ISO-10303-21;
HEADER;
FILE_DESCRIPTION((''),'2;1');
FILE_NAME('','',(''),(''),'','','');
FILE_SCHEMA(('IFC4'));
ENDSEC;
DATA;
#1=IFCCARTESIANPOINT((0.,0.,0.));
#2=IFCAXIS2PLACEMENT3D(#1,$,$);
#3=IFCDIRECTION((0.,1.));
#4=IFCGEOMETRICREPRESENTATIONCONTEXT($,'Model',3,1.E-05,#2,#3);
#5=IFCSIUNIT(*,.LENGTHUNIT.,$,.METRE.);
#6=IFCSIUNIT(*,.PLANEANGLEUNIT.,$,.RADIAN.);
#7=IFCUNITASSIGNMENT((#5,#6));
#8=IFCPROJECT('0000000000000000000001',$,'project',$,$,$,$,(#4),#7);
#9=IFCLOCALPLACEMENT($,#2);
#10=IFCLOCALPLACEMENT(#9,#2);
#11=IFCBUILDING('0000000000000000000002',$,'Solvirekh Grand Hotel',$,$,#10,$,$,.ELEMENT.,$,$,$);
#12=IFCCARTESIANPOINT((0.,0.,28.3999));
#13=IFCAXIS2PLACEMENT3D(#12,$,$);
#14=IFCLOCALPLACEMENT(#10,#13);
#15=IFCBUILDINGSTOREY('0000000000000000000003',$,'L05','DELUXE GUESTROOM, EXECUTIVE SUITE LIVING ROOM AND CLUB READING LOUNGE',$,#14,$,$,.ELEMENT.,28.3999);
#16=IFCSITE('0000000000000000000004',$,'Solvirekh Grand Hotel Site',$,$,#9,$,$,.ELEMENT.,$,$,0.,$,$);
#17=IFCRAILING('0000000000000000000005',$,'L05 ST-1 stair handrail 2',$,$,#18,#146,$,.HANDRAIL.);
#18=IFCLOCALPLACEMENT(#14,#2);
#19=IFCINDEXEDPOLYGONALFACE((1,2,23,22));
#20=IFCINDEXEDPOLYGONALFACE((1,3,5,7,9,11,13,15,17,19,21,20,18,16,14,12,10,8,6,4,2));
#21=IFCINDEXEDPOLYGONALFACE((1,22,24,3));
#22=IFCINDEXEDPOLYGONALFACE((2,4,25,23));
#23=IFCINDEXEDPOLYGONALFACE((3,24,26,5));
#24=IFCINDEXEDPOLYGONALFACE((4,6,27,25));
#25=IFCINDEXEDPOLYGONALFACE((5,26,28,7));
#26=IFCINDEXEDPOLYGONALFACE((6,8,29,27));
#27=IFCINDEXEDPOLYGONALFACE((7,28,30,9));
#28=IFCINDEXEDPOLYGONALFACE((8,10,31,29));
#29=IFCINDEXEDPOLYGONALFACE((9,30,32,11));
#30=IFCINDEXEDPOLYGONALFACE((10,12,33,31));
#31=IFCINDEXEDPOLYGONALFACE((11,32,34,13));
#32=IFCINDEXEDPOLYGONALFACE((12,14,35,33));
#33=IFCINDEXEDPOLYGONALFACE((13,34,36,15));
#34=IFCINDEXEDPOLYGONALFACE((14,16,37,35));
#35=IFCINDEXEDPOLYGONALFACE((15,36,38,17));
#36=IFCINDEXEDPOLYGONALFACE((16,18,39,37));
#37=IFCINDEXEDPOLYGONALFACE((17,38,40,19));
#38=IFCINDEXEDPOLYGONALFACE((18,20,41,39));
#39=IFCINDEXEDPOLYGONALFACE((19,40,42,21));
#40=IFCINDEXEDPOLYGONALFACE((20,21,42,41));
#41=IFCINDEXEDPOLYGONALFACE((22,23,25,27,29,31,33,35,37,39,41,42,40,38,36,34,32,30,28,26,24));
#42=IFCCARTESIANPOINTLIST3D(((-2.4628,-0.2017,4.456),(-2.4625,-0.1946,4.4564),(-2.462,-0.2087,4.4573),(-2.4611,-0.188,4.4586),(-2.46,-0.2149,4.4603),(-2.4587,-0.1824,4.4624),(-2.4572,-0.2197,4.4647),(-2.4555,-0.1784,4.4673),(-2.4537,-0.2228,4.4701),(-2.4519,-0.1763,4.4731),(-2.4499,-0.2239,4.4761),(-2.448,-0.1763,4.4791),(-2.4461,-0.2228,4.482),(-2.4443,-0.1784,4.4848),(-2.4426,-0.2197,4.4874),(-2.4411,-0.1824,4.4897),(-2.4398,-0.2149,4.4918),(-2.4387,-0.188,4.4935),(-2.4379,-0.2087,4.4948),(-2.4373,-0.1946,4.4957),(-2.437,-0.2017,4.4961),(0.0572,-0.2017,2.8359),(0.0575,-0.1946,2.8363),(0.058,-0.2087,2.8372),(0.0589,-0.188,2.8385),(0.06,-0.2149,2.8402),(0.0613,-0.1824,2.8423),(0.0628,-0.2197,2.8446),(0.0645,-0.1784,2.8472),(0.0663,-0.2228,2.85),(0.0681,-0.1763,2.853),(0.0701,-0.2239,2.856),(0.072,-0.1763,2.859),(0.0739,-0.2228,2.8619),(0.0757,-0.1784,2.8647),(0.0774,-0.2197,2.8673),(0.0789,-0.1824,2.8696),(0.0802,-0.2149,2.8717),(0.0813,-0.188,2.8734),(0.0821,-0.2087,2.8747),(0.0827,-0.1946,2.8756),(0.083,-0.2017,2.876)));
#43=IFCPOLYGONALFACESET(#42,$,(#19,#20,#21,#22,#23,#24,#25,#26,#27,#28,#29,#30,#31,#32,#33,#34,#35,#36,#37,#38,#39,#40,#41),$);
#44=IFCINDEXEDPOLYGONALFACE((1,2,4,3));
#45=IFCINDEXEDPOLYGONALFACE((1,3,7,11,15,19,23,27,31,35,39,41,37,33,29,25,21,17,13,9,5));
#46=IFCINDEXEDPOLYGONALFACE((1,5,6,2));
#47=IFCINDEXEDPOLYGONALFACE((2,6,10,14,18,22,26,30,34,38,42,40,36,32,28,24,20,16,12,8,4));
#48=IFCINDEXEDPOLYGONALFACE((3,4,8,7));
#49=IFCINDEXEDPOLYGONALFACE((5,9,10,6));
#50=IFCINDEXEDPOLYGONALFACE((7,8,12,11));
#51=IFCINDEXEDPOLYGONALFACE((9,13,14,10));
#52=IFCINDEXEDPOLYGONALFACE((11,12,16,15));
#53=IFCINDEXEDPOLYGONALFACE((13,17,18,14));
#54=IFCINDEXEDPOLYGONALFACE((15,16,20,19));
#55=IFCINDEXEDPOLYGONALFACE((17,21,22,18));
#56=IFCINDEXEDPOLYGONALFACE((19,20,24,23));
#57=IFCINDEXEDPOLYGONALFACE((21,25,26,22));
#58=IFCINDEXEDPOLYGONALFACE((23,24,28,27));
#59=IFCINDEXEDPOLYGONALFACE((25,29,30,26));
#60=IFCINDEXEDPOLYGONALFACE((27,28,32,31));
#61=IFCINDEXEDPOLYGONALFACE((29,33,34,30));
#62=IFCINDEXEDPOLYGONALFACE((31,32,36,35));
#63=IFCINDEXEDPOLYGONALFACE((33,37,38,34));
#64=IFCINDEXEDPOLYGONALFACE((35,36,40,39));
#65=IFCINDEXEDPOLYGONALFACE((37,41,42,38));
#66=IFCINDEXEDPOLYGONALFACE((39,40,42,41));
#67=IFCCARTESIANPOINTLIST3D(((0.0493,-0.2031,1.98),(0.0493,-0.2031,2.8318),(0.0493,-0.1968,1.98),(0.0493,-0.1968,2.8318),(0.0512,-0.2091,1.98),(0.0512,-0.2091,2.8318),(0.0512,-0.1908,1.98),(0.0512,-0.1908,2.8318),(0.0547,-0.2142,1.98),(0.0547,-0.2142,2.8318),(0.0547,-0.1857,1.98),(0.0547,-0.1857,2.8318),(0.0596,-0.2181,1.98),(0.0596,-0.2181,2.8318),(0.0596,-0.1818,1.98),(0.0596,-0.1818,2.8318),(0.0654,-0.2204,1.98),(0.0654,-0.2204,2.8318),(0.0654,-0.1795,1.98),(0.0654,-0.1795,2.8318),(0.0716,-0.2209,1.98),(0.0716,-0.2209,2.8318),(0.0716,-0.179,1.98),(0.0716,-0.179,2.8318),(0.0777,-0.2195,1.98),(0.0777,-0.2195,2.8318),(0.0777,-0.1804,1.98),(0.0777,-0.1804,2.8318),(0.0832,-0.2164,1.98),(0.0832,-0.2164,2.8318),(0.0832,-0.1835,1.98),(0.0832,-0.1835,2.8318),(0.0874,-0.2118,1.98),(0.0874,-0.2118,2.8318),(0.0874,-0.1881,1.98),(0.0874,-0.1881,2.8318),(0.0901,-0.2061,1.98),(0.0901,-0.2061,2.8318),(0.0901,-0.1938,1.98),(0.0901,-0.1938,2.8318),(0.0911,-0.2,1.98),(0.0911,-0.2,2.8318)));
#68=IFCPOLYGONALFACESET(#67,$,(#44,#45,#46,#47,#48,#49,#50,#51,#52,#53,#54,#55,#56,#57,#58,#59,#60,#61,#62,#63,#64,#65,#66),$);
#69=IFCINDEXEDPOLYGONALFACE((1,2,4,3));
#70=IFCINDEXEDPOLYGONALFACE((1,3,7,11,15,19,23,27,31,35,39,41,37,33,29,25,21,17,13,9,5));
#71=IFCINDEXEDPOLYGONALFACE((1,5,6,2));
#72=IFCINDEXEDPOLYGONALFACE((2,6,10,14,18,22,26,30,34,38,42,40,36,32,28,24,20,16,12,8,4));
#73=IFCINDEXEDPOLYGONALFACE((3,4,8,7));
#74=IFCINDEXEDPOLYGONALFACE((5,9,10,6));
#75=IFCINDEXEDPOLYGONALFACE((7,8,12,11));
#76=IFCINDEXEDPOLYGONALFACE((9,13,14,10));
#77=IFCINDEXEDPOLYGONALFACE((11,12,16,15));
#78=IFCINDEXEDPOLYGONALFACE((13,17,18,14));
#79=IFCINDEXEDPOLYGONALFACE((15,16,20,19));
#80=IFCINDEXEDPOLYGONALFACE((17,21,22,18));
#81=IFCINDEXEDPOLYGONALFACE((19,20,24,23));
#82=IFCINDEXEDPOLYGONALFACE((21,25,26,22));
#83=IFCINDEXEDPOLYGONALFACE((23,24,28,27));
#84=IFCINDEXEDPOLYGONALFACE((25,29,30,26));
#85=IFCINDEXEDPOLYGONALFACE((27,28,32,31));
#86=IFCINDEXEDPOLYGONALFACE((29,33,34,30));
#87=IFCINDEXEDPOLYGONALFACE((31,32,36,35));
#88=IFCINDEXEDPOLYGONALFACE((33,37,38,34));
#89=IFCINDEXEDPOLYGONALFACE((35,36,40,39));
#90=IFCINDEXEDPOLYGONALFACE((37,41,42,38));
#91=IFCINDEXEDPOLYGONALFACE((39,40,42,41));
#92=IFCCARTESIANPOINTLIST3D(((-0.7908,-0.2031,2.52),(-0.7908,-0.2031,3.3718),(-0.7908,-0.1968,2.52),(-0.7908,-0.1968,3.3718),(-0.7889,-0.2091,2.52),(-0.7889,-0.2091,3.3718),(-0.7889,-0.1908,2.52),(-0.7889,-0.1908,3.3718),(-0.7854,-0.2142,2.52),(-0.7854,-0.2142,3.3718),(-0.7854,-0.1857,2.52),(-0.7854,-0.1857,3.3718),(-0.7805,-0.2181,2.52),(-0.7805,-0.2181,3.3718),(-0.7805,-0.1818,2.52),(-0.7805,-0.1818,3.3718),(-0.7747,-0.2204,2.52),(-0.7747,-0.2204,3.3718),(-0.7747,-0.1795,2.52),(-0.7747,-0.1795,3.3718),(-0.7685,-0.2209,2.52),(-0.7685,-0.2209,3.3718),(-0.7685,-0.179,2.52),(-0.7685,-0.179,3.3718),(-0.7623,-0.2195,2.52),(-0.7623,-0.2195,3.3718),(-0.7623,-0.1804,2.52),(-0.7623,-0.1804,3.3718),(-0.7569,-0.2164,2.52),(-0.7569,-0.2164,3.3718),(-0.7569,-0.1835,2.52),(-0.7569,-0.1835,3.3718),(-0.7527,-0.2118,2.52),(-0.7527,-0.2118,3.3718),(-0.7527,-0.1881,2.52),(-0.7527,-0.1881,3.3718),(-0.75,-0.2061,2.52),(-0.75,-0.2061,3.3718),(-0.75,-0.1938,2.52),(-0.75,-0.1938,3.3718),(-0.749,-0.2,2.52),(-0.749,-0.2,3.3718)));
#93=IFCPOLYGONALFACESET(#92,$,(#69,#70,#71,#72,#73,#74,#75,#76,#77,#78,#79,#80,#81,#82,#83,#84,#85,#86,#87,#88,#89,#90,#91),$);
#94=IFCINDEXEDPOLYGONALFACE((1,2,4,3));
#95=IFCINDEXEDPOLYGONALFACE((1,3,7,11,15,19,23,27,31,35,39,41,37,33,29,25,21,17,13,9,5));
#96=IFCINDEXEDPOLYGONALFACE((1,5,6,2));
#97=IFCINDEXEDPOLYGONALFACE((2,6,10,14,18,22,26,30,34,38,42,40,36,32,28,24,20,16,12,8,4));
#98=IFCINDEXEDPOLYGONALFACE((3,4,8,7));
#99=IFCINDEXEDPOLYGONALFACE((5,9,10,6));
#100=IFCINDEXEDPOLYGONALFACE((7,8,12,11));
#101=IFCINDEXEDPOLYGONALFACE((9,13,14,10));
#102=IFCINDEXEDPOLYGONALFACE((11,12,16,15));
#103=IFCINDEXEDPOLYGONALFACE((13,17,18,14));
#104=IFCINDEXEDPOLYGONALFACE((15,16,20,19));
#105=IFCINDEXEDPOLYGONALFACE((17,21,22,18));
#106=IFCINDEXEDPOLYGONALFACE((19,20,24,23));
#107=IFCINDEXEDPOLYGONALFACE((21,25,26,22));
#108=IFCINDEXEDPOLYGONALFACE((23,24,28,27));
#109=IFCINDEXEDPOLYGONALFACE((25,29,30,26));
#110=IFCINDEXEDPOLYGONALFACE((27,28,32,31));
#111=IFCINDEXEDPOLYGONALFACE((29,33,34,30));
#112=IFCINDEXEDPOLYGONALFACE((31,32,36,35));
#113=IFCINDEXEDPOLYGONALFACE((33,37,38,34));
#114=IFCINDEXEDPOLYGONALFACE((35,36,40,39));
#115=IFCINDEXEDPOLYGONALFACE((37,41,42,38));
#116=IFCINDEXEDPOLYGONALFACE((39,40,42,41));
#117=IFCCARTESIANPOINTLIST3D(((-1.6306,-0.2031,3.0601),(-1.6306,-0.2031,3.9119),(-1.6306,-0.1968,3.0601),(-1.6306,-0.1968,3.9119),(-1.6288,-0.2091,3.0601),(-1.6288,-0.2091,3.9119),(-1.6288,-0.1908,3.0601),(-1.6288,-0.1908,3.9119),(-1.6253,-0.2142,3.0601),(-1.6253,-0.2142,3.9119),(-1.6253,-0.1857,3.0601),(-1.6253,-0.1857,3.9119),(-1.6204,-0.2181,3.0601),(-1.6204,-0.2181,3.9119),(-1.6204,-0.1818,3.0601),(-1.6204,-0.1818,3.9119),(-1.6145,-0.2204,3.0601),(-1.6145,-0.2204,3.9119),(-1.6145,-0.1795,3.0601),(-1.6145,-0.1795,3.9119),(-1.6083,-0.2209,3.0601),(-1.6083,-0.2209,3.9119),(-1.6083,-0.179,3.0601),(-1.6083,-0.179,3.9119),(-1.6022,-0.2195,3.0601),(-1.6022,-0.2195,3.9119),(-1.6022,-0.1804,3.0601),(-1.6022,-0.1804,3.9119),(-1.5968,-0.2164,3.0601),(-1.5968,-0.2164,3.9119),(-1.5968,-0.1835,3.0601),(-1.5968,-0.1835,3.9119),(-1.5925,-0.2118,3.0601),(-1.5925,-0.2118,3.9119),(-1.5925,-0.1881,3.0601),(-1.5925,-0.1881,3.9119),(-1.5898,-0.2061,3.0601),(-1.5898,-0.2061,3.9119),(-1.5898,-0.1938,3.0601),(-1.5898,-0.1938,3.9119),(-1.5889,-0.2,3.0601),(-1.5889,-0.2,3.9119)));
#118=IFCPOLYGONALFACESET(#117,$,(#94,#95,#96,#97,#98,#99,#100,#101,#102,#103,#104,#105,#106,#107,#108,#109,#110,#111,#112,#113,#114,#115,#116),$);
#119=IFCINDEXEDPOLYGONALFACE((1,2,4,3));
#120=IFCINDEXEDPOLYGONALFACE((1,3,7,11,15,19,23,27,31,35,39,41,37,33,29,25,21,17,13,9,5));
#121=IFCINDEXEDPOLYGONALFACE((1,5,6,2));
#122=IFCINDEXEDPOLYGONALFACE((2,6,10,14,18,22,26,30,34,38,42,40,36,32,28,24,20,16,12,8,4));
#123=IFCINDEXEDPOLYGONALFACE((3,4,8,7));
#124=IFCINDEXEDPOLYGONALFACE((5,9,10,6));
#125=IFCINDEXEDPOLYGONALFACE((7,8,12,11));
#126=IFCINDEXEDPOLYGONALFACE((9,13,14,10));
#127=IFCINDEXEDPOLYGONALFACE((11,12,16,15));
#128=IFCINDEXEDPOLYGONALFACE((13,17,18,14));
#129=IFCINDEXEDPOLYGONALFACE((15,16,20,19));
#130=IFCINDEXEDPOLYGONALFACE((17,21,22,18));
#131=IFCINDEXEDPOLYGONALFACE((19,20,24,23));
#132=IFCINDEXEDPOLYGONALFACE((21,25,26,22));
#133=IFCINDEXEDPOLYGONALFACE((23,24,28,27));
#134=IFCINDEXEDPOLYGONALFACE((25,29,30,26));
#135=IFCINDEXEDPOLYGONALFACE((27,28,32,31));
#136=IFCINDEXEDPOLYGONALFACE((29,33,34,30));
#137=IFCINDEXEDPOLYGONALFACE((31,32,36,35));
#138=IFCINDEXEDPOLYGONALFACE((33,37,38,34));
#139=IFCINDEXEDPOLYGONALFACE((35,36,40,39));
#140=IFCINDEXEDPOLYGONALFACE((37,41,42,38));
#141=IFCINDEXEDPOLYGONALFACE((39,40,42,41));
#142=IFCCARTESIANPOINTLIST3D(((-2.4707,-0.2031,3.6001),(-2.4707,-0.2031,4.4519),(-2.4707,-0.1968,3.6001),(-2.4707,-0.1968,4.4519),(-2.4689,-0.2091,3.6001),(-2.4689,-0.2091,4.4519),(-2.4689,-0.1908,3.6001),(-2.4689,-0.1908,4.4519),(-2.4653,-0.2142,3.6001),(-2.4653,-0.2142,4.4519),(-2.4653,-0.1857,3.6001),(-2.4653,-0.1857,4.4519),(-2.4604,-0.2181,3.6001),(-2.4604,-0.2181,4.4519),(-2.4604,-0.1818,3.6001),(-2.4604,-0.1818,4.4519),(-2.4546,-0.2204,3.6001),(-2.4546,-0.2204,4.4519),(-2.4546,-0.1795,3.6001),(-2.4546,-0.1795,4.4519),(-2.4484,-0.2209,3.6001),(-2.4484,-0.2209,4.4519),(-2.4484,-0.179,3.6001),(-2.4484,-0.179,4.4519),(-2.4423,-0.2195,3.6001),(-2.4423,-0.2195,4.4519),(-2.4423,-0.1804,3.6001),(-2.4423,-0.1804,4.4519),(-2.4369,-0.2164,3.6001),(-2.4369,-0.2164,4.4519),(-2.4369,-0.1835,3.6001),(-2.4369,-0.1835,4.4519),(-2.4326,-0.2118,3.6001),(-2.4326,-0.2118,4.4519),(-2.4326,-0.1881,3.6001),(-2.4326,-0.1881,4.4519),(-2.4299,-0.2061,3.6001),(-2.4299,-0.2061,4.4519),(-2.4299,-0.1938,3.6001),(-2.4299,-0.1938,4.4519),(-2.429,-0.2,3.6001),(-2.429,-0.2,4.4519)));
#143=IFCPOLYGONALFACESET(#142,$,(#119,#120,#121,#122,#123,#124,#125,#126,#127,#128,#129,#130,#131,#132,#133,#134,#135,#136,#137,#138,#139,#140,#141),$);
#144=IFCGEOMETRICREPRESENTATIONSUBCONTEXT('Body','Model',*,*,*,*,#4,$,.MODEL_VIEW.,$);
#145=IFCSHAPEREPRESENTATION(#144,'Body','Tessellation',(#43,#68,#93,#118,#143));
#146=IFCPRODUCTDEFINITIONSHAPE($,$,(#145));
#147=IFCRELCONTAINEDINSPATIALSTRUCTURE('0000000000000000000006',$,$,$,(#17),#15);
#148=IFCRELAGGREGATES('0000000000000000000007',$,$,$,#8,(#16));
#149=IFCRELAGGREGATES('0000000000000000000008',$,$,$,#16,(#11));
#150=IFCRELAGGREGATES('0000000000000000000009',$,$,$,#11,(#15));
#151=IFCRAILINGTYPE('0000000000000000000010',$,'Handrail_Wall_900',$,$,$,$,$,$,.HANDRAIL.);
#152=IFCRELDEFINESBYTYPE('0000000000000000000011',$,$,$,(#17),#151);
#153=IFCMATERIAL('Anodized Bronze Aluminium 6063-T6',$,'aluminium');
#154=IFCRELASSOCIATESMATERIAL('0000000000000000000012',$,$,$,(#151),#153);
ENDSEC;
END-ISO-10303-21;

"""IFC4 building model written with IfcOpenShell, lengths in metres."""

from ifc_helpers import new_model, si_unit, direction, frame, origin, origin_2d, place, context, subcontext, project, spatial, circle, extrude, material, type_object, element, save


model = new_model("IFC4")

# Units and contexts
model_context = context("Model", 3, precision=1e-05, world=origin(), true_north=direction((0.0, 1.0)))
body_context = subcontext(model_context, "Body", "Model", "MODEL_VIEW")
ifc_project = project(units=[si_unit("LENGTHUNIT", "METRE"), si_unit("PLANEANGLEUNIT", "RADIAN")], contexts=[model_context])

# Site, building, storey
site_placement = place(None, origin())
site = spatial("IfcSite", under=ifc_project, at=site_placement, Name="Solvirekh Grand Hotel Site", CompositionType="ELEMENT", RefElevation=0.0)
building_placement = place(site_placement, origin())
building = spatial("IfcBuilding", under=site, at=building_placement, Name="Solvirekh Grand Hotel", CompositionType="ELEMENT")
storey_placement = place(building_placement, frame((0.0, 0.0, 28.3999)))
storey = spatial("IfcBuildingStorey", under=building, at=storey_placement, Name="L05", Description="DELUXE GUESTROOM, EXECUTIVE SUITE LIVING ROOM AND CLUB READING LOUNGE", CompositionType="ELEMENT", Elevation=28.3999)

# Railing
ifc_material_1 = material(Name="Anodized Bronze Aluminium 6063-T6", Category="aluminium")
railing_type_1 = type_object("IfcRailingType", Name="Handrail_Wall_900", PredefinedType="HANDRAIL", material=ifc_material_1)
railing_1_placement = place(storey_placement, frame((0.0701, -0.2, 1.98)))
element("IfcRailing", 1, at=railing_1_placement, inside=storey, type_object=railing_type_1, Name="L05 ST-1 stair handrail 2", PredefinedType="HANDRAIL", context=body_context, shape_type="SweptSolid", body=[
    extrude(circle(Radius=0.0239, at=origin_2d()), frame((0.0, 0.0, 0.876), z_axis=(-0.841163, 0.0, 0.540782), x_axis=(0.0, -1.0, 0.0)), (0.0, 0.0, 1.0), 2.9958),
    extrude(circle(Radius=0.021, at=origin_2d()), origin(), (0.0, 0.0, 1.0), 0.8518),
    extrude(circle(Radius=0.021, at=origin_2d()), frame((-0.8401, 0.0, 0.54)), (0.0, 0.0, 1.0), 0.8518),
    extrude(circle(Radius=0.021, at=origin_2d()), frame((-1.6799, 0.0, 1.0801)), (0.0, 0.0, 1.0), 0.8518),
    extrude(circle(Radius=0.021, at=origin_2d()), frame((-2.52, 0.0, 1.6201)), (0.0, 0.0, 1.0), 0.8518),
])

save(model, "model.ifc")
